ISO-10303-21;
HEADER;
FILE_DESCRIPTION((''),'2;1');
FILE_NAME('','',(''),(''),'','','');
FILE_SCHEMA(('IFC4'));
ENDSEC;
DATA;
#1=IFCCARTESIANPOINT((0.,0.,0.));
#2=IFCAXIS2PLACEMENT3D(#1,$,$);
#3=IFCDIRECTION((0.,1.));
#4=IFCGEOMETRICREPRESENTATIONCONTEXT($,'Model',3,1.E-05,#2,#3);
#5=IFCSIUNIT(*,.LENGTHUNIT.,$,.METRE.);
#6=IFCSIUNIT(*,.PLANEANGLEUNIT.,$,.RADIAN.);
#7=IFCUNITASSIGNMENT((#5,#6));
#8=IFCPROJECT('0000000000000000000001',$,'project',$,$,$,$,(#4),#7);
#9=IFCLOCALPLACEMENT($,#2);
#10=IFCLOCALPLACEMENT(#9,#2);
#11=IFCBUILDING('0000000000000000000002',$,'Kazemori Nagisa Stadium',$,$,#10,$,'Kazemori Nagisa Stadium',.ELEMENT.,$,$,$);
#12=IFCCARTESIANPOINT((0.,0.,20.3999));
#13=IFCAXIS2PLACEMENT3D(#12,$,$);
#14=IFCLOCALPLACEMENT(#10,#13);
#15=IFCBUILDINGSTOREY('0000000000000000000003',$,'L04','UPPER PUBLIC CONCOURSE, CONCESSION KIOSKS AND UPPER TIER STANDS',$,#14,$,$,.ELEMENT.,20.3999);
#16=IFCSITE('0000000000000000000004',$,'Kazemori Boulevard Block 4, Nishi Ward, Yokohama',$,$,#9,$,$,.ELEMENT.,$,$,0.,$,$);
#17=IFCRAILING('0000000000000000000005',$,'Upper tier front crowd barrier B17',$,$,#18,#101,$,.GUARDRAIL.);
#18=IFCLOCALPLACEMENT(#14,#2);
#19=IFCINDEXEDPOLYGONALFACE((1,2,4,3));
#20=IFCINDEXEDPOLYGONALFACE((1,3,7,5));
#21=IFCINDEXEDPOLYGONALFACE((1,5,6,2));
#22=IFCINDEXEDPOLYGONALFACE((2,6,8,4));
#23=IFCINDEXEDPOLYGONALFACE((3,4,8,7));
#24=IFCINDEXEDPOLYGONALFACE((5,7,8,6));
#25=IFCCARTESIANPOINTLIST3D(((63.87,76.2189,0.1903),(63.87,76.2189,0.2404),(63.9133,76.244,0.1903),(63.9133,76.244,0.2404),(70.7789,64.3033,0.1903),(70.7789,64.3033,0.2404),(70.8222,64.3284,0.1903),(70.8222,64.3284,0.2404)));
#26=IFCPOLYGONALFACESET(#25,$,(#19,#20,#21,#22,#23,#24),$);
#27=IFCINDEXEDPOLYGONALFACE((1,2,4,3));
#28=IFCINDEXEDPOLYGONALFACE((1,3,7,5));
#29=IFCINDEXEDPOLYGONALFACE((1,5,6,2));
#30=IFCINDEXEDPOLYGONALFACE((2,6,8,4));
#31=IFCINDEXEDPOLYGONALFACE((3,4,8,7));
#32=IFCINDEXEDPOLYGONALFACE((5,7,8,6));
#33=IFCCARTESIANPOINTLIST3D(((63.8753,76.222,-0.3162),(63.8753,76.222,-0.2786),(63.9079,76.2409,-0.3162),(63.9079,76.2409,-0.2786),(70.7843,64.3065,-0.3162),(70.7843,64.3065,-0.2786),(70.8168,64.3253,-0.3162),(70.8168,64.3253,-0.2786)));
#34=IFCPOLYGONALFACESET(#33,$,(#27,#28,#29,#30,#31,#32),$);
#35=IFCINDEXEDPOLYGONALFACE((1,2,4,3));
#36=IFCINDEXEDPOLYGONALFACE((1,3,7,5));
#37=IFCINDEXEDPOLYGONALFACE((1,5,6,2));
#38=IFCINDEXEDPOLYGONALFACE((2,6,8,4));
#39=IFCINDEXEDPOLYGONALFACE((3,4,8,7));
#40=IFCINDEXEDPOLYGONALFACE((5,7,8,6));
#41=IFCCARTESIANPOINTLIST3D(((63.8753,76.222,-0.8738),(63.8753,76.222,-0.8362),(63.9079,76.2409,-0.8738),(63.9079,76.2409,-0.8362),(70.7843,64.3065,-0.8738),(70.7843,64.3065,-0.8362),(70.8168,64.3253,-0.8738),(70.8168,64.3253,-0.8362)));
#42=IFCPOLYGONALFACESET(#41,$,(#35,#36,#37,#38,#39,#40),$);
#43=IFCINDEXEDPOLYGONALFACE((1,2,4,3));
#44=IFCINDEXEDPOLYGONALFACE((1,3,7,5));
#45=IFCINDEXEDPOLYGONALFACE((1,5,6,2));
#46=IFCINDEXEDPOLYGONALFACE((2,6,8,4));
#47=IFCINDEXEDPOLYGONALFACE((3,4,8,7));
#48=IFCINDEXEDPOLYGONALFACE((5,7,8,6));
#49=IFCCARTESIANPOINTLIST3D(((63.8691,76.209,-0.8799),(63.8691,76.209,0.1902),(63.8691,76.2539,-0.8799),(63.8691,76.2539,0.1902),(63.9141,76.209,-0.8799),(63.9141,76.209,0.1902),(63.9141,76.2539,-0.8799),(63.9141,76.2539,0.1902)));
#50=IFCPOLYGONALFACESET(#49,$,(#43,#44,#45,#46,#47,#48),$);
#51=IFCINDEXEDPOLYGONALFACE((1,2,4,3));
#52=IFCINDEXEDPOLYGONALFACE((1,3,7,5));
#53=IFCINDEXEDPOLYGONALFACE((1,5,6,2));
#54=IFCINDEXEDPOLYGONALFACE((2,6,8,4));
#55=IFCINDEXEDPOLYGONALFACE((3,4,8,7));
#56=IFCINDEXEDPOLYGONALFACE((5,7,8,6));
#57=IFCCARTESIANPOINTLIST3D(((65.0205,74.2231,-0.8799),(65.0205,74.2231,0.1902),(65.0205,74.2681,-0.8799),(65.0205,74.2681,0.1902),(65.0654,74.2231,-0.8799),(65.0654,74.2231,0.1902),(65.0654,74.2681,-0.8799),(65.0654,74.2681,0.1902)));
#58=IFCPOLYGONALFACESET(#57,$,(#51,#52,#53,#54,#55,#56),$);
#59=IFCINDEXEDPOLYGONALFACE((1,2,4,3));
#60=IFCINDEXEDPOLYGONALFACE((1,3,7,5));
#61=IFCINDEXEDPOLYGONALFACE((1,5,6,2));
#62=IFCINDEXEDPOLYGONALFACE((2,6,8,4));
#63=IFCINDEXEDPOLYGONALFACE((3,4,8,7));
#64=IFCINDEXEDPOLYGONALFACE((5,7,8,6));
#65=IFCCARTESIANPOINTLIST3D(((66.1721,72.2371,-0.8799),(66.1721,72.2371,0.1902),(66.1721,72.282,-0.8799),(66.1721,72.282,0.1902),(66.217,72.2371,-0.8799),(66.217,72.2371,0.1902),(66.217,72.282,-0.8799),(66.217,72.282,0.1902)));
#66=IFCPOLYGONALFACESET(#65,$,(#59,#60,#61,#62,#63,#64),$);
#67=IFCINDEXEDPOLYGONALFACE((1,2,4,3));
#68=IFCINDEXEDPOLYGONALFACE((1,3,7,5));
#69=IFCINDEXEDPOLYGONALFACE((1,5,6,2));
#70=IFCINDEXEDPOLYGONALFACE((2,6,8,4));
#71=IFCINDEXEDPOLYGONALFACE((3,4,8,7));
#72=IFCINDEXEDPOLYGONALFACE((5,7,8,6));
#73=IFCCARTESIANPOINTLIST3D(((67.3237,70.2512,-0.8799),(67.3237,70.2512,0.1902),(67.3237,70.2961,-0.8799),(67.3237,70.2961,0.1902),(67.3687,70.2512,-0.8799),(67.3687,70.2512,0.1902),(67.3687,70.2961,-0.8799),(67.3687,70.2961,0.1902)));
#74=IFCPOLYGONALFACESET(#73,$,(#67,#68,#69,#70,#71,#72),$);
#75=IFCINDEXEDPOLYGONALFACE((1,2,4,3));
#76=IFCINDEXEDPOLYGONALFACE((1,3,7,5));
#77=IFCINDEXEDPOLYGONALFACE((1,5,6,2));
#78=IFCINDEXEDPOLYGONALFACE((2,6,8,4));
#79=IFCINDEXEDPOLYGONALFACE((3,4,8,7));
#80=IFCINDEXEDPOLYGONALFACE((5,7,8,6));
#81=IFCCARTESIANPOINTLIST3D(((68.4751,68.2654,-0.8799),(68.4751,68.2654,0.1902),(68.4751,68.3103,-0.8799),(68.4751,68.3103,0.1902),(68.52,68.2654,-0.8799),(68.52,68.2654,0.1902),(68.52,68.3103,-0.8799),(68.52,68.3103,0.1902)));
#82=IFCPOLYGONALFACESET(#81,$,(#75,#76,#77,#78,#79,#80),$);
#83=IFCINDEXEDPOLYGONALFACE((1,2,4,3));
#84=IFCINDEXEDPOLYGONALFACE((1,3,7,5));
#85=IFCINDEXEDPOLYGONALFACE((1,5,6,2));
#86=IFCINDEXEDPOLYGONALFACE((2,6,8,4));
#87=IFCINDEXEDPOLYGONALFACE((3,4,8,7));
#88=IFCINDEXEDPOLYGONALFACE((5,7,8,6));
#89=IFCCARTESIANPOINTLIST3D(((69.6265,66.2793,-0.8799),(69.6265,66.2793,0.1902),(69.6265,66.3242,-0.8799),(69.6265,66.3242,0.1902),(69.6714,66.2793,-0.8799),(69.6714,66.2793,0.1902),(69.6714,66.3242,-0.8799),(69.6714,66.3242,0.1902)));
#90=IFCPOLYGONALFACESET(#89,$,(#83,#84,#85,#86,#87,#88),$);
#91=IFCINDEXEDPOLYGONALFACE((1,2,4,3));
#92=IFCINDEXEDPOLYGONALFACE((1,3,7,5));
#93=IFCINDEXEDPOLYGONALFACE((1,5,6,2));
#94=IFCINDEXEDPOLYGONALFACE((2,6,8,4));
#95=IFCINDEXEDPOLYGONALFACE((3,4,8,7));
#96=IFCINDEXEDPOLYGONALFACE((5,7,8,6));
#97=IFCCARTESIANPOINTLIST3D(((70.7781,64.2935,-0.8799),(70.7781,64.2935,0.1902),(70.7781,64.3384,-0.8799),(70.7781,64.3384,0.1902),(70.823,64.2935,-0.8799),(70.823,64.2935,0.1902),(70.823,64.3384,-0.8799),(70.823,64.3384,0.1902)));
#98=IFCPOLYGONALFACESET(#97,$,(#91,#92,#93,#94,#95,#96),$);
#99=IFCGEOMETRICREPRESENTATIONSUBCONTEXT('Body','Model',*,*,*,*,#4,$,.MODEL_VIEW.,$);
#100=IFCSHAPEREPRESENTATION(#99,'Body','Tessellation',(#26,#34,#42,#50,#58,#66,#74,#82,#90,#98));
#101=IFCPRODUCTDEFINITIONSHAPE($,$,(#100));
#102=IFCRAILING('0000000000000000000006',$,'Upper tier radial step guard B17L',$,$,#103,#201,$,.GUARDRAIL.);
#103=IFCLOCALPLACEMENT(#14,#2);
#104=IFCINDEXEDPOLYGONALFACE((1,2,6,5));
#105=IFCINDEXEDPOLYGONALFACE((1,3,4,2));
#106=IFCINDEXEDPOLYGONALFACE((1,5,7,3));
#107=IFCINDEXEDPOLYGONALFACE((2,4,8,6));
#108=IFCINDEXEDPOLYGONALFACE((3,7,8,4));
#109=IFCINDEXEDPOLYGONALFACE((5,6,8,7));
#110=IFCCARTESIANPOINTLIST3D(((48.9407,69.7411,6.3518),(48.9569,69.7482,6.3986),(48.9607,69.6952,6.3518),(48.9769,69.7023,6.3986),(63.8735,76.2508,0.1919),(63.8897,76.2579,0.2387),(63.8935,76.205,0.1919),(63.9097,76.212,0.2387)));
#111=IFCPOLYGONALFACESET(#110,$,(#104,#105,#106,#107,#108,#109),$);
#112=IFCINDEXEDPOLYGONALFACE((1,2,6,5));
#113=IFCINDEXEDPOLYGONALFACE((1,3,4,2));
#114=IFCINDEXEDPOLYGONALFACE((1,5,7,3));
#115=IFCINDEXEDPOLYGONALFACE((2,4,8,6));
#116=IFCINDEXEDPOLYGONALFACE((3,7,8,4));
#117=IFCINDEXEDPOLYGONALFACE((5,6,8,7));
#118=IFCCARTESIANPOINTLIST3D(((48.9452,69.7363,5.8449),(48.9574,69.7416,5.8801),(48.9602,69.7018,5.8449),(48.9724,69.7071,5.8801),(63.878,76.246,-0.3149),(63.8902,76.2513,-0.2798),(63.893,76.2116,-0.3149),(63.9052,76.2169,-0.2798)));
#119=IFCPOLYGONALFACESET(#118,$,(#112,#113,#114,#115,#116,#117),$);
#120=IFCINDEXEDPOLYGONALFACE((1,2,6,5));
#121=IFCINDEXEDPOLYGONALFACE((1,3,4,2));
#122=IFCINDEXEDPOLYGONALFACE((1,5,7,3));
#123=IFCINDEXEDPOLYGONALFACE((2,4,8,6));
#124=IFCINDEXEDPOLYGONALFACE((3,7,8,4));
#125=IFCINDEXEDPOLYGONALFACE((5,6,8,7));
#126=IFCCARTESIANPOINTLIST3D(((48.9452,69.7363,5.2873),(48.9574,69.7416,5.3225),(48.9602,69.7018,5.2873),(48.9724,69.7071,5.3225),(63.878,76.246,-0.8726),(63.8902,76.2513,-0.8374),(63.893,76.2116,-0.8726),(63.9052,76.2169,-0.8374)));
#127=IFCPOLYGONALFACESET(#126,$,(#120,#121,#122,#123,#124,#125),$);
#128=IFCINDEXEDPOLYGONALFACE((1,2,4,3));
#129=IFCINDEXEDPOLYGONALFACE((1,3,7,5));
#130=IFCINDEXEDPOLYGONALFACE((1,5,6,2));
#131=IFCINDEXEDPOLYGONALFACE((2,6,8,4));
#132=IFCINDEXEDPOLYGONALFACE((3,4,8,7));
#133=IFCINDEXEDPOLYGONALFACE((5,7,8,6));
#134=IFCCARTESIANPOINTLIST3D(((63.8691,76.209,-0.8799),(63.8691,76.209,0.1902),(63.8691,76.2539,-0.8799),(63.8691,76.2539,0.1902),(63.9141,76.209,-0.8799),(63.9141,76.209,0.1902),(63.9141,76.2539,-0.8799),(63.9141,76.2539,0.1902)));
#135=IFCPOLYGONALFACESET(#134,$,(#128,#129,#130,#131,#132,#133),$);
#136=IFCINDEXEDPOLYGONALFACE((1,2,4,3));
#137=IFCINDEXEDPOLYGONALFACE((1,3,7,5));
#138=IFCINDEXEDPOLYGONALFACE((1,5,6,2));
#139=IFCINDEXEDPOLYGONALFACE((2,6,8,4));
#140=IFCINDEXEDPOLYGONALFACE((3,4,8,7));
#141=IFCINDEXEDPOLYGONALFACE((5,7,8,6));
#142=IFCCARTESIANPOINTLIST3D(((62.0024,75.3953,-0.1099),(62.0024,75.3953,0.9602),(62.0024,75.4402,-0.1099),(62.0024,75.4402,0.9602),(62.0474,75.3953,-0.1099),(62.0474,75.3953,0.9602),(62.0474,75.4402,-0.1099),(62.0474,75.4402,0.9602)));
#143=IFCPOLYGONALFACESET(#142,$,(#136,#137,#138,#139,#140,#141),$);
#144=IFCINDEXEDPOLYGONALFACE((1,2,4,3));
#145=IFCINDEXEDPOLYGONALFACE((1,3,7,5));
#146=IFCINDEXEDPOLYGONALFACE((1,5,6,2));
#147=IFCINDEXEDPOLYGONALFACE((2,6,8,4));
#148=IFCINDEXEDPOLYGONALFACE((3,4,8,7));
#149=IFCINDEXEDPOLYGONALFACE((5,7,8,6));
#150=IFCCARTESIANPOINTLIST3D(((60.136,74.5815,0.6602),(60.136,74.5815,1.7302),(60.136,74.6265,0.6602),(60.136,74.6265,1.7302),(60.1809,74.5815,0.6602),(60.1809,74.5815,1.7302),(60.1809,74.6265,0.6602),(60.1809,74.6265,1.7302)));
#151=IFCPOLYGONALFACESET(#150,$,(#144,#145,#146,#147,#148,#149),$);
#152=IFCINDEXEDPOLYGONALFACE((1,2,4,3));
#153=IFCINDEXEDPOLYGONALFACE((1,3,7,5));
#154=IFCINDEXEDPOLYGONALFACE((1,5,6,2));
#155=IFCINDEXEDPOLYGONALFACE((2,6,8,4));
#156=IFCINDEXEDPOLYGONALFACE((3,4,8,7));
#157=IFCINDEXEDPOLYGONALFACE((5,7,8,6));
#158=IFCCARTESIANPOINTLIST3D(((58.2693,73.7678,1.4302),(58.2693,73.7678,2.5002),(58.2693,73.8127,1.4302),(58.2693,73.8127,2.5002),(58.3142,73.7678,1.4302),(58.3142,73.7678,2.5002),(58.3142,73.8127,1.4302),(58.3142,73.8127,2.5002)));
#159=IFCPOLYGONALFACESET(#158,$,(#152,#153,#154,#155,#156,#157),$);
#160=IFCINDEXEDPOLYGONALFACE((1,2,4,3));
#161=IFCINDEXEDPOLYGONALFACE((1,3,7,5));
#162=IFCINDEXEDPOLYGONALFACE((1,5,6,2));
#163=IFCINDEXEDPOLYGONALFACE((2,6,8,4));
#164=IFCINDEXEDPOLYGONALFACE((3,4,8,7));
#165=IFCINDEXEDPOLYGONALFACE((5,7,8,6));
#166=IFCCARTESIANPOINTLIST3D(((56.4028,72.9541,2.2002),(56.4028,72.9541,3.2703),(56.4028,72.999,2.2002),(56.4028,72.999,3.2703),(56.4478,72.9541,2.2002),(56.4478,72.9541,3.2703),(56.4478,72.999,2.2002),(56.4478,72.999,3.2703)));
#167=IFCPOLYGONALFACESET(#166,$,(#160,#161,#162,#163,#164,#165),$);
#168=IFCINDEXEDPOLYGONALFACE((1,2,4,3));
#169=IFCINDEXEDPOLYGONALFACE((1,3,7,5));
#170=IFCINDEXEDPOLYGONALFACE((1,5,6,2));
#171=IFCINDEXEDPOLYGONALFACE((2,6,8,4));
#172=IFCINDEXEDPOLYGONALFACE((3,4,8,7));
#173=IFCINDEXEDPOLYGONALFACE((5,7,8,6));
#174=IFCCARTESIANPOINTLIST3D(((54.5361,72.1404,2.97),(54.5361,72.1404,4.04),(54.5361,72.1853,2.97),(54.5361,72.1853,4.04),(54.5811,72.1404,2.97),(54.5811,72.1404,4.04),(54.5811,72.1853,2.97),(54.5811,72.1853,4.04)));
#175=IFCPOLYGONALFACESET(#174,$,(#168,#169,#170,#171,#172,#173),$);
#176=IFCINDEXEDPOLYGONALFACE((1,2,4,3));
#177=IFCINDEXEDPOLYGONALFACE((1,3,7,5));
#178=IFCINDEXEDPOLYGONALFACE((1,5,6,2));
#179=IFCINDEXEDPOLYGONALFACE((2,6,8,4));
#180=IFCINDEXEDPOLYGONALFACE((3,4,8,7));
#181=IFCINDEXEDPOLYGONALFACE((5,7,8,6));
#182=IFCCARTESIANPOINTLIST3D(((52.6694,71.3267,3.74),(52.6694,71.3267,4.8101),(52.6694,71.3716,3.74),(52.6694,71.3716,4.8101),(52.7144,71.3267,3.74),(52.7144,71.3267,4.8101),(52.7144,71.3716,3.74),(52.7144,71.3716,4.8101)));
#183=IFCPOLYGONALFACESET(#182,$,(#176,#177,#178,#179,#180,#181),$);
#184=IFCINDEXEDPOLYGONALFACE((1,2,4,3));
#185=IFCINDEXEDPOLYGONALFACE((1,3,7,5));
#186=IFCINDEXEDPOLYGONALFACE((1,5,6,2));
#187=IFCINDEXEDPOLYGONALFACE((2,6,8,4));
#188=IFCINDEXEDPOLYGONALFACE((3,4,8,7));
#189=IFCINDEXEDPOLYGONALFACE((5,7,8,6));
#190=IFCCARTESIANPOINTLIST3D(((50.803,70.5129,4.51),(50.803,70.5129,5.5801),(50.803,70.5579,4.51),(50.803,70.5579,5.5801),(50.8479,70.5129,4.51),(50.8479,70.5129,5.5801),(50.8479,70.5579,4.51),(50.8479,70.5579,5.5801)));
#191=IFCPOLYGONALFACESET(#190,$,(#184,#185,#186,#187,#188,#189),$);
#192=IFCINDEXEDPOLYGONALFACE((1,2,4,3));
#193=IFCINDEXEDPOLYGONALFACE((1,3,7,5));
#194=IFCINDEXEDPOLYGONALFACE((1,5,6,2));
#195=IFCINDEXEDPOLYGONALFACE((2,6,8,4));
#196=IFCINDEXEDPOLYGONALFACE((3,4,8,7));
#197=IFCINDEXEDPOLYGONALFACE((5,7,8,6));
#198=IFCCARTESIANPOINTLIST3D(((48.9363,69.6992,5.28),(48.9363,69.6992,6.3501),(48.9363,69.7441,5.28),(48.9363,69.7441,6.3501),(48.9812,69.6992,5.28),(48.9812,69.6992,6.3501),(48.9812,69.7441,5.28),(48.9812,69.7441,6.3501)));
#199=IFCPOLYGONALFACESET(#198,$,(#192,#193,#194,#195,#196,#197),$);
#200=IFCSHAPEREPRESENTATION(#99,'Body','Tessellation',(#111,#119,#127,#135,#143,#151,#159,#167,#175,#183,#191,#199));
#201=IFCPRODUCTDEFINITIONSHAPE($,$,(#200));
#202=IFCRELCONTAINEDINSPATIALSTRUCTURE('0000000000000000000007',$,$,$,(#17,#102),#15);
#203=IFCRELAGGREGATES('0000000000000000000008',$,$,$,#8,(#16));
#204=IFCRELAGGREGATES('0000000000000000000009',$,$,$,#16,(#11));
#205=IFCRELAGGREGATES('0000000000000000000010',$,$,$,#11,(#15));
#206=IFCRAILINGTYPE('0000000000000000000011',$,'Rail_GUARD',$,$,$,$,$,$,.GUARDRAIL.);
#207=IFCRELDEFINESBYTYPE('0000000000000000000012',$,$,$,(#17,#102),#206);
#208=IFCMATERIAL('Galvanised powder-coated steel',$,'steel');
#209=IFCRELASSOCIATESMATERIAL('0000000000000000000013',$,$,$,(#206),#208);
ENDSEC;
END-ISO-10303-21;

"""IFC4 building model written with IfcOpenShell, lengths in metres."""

from ifc_helpers import new_model, si_unit, direction, frame, origin, origin_2d, place, context, subcontext, project, spatial, rectangle, extrude, material, type_object, element, save


model = new_model("IFC4")

# Units and contexts
model_context = context("Model", 3, precision=1e-05, world=origin(), true_north=direction((0.0, 1.0)))
body_context = subcontext(model_context, "Body", "Model", "MODEL_VIEW")
ifc_project = project(units=[si_unit("LENGTHUNIT", "METRE"), si_unit("PLANEANGLEUNIT", "RADIAN")], contexts=[model_context])

# Site, building, storey
site_placement = place(None, origin())
site = spatial("IfcSite", under=ifc_project, at=site_placement, Name="Kazemori Boulevard Block 4, Nishi Ward, Yokohama", CompositionType="ELEMENT", RefElevation=0.0)
building_placement = place(site_placement, origin())
building = spatial("IfcBuilding", under=site, at=building_placement, Name="Kazemori Nagisa Stadium", LongName="Kazemori Nagisa Stadium", CompositionType="ELEMENT")
storey_placement = place(building_placement, frame((0.0, 0.0, 20.3999)))
storey = spatial("IfcBuildingStorey", under=building, at=storey_placement, Name="L04", Description="UPPER PUBLIC CONCOURSE, CONCESSION KIOSKS AND UPPER TIER STANDS", CompositionType="ELEMENT", Elevation=20.3999)

# Railings
ifc_material_1 = material(Name="Galvanised powder-coated steel", Category="steel")
railing_type_1 = type_object("IfcRailingType", Name="Rail_GUARD", PredefinedType="GUARDRAIL", material=ifc_material_1)
railing_1_placement = place(storey_placement, frame((63.8916, 76.2314, -0.8799)))
element("IfcRailing", 1, at=railing_1_placement, inside=storey, type_object=railing_type_1, Name="Upper tier front crowd barrier B17", PredefinedType="GUARDRAIL", context=body_context, shape_type="SweptSolid", body=[
    extrude(rectangle(XDim=0.05, YDim=0.05, at=origin_2d()), frame((0.0, 0.0, 1.0952), z_axis=(0.501606, -0.865096, 0.0), x_axis=(0.865096, 0.501606, 0.0)), (0.0, 0.0, 1.0), 13.7737),
    extrude(rectangle(XDim=0.0376, YDim=0.0376, at=origin_2d()), frame((0.0, 0.0, 0.5825), z_axis=(0.501606, -0.865096, 0.0), x_axis=(0.865096, 0.501606, 0.0)), (0.0, 0.0, 1.0), 13.7737),
    extrude(rectangle(XDim=0.0376, YDim=0.0376, at=origin_2d()), frame((0.0, 0.0, 0.0249), z_axis=(0.501606, -0.865096, 0.0), x_axis=(0.865096, 0.501606, 0.0)), (0.0, 0.0, 1.0), 13.7737),
    extrude(rectangle(XDim=0.0449, YDim=0.0449, at=origin_2d()), origin(), (0.0, 0.0, 1.0), 1.0701),
    extrude(rectangle(XDim=0.0449, YDim=0.0449, at=origin_2d()), frame((1.1514, -1.9858, 0.0)), (0.0, 0.0, 1.0), 1.0701),
    extrude(rectangle(XDim=0.0449, YDim=0.0449, at=origin_2d()), frame((2.303, -3.9719, 0.0)), (0.0, 0.0, 1.0), 1.0701),
    extrude(rectangle(XDim=0.0449, YDim=0.0449, at=origin_2d()), frame((3.4546, -5.9578, 0.0)), (0.0, 0.0, 1.0), 1.0701),
    extrude(rectangle(XDim=0.0449, YDim=0.0449, at=origin_2d()), frame((4.606, -7.9436, 0.0)), (0.0, 0.0, 1.0), 1.0701),
    extrude(rectangle(XDim=0.0449, YDim=0.0449, at=origin_2d()), frame((5.7573, -9.9297, 0.0)), (0.0, 0.0, 1.0), 1.0701),
    extrude(rectangle(XDim=0.0449, YDim=0.0449, at=origin_2d()), frame((6.9089, -11.9155, 0.0)), (0.0, 0.0, 1.0), 1.0701),
])
railing_2_placement = place(storey_placement, frame((63.8916, 76.2314, -0.8799)))
element("IfcRailing", 2, at=railing_2_placement, inside=storey, type_object=railing_type_1, Name="Upper tier radial step guard B17L", PredefinedType="GUARDRAIL", context=body_context, shape_type="SweptSolid", body=[
    extrude(rectangle(XDim=0.05, YDim=0.05, at=origin_2d()), frame((0.0, 0.0, 1.0952), z_axis=(-0.857429, -0.373784, 0.353696), x_axis=(0.399615, -0.916683, 0.0)), (0.0, 0.0, 1.0), 17.4158),
    extrude(rectangle(XDim=0.0376, YDim=0.0376, at=origin_2d()), frame((0.0, 0.0, 0.5825), z_axis=(-0.857429, -0.373784, 0.353696), x_axis=(0.399615, -0.916683, 0.0)), (0.0, 0.0, 1.0), 17.4158),
    extrude(rectangle(XDim=0.0376, YDim=0.0376, at=origin_2d()), frame((0.0, 0.0, 0.0249), z_axis=(-0.857429, -0.373784, 0.353696), x_axis=(0.399615, -0.916683, 0.0)), (0.0, 0.0, 1.0), 17.4158),
    extrude(rectangle(XDim=0.0449, YDim=0.0449, at=origin_2d()), origin(), (0.0, 0.0, 1.0), 1.0701),
    extrude(rectangle(XDim=0.0449, YDim=0.0449, at=origin_2d()), frame((-1.8667, -0.8137, 0.77)), (0.0, 0.0, 1.0), 1.0701),
    extrude(rectangle(XDim=0.0449, YDim=0.0449, at=origin_2d()), frame((-3.7332, -1.6274, 1.54)), (0.0, 0.0, 1.0), 1.0701),
    extrude(rectangle(XDim=0.0449, YDim=0.0449, at=origin_2d()), frame((-5.5999, -2.4412, 2.3101)), (0.0, 0.0, 1.0), 1.0701),
    extrude(rectangle(XDim=0.0449, YDim=0.0449, at=origin_2d()), frame((-7.4663, -3.2549, 3.0801)), (0.0, 0.0, 1.0), 1.0701),
    extrude(rectangle(XDim=0.0449, YDim=0.0449, at=origin_2d()), frame((-9.333, -4.0686, 3.8499)), (0.0, 0.0, 1.0), 1.0701),
    extrude(rectangle(XDim=0.0449, YDim=0.0449, at=origin_2d()), frame((-11.1997, -4.8823, 4.6199)), (0.0, 0.0, 1.0), 1.0701),
    extrude(rectangle(XDim=0.0449, YDim=0.0449, at=origin_2d()), frame((-13.0662, -5.696, 5.3899)), (0.0, 0.0, 1.0), 1.0701),
    extrude(rectangle(XDim=0.0449, YDim=0.0449, at=origin_2d()), frame((-14.9329, -6.5098, 6.1599)), (0.0, 0.0, 1.0), 1.0701),
])

save(model, "model.ifc")
